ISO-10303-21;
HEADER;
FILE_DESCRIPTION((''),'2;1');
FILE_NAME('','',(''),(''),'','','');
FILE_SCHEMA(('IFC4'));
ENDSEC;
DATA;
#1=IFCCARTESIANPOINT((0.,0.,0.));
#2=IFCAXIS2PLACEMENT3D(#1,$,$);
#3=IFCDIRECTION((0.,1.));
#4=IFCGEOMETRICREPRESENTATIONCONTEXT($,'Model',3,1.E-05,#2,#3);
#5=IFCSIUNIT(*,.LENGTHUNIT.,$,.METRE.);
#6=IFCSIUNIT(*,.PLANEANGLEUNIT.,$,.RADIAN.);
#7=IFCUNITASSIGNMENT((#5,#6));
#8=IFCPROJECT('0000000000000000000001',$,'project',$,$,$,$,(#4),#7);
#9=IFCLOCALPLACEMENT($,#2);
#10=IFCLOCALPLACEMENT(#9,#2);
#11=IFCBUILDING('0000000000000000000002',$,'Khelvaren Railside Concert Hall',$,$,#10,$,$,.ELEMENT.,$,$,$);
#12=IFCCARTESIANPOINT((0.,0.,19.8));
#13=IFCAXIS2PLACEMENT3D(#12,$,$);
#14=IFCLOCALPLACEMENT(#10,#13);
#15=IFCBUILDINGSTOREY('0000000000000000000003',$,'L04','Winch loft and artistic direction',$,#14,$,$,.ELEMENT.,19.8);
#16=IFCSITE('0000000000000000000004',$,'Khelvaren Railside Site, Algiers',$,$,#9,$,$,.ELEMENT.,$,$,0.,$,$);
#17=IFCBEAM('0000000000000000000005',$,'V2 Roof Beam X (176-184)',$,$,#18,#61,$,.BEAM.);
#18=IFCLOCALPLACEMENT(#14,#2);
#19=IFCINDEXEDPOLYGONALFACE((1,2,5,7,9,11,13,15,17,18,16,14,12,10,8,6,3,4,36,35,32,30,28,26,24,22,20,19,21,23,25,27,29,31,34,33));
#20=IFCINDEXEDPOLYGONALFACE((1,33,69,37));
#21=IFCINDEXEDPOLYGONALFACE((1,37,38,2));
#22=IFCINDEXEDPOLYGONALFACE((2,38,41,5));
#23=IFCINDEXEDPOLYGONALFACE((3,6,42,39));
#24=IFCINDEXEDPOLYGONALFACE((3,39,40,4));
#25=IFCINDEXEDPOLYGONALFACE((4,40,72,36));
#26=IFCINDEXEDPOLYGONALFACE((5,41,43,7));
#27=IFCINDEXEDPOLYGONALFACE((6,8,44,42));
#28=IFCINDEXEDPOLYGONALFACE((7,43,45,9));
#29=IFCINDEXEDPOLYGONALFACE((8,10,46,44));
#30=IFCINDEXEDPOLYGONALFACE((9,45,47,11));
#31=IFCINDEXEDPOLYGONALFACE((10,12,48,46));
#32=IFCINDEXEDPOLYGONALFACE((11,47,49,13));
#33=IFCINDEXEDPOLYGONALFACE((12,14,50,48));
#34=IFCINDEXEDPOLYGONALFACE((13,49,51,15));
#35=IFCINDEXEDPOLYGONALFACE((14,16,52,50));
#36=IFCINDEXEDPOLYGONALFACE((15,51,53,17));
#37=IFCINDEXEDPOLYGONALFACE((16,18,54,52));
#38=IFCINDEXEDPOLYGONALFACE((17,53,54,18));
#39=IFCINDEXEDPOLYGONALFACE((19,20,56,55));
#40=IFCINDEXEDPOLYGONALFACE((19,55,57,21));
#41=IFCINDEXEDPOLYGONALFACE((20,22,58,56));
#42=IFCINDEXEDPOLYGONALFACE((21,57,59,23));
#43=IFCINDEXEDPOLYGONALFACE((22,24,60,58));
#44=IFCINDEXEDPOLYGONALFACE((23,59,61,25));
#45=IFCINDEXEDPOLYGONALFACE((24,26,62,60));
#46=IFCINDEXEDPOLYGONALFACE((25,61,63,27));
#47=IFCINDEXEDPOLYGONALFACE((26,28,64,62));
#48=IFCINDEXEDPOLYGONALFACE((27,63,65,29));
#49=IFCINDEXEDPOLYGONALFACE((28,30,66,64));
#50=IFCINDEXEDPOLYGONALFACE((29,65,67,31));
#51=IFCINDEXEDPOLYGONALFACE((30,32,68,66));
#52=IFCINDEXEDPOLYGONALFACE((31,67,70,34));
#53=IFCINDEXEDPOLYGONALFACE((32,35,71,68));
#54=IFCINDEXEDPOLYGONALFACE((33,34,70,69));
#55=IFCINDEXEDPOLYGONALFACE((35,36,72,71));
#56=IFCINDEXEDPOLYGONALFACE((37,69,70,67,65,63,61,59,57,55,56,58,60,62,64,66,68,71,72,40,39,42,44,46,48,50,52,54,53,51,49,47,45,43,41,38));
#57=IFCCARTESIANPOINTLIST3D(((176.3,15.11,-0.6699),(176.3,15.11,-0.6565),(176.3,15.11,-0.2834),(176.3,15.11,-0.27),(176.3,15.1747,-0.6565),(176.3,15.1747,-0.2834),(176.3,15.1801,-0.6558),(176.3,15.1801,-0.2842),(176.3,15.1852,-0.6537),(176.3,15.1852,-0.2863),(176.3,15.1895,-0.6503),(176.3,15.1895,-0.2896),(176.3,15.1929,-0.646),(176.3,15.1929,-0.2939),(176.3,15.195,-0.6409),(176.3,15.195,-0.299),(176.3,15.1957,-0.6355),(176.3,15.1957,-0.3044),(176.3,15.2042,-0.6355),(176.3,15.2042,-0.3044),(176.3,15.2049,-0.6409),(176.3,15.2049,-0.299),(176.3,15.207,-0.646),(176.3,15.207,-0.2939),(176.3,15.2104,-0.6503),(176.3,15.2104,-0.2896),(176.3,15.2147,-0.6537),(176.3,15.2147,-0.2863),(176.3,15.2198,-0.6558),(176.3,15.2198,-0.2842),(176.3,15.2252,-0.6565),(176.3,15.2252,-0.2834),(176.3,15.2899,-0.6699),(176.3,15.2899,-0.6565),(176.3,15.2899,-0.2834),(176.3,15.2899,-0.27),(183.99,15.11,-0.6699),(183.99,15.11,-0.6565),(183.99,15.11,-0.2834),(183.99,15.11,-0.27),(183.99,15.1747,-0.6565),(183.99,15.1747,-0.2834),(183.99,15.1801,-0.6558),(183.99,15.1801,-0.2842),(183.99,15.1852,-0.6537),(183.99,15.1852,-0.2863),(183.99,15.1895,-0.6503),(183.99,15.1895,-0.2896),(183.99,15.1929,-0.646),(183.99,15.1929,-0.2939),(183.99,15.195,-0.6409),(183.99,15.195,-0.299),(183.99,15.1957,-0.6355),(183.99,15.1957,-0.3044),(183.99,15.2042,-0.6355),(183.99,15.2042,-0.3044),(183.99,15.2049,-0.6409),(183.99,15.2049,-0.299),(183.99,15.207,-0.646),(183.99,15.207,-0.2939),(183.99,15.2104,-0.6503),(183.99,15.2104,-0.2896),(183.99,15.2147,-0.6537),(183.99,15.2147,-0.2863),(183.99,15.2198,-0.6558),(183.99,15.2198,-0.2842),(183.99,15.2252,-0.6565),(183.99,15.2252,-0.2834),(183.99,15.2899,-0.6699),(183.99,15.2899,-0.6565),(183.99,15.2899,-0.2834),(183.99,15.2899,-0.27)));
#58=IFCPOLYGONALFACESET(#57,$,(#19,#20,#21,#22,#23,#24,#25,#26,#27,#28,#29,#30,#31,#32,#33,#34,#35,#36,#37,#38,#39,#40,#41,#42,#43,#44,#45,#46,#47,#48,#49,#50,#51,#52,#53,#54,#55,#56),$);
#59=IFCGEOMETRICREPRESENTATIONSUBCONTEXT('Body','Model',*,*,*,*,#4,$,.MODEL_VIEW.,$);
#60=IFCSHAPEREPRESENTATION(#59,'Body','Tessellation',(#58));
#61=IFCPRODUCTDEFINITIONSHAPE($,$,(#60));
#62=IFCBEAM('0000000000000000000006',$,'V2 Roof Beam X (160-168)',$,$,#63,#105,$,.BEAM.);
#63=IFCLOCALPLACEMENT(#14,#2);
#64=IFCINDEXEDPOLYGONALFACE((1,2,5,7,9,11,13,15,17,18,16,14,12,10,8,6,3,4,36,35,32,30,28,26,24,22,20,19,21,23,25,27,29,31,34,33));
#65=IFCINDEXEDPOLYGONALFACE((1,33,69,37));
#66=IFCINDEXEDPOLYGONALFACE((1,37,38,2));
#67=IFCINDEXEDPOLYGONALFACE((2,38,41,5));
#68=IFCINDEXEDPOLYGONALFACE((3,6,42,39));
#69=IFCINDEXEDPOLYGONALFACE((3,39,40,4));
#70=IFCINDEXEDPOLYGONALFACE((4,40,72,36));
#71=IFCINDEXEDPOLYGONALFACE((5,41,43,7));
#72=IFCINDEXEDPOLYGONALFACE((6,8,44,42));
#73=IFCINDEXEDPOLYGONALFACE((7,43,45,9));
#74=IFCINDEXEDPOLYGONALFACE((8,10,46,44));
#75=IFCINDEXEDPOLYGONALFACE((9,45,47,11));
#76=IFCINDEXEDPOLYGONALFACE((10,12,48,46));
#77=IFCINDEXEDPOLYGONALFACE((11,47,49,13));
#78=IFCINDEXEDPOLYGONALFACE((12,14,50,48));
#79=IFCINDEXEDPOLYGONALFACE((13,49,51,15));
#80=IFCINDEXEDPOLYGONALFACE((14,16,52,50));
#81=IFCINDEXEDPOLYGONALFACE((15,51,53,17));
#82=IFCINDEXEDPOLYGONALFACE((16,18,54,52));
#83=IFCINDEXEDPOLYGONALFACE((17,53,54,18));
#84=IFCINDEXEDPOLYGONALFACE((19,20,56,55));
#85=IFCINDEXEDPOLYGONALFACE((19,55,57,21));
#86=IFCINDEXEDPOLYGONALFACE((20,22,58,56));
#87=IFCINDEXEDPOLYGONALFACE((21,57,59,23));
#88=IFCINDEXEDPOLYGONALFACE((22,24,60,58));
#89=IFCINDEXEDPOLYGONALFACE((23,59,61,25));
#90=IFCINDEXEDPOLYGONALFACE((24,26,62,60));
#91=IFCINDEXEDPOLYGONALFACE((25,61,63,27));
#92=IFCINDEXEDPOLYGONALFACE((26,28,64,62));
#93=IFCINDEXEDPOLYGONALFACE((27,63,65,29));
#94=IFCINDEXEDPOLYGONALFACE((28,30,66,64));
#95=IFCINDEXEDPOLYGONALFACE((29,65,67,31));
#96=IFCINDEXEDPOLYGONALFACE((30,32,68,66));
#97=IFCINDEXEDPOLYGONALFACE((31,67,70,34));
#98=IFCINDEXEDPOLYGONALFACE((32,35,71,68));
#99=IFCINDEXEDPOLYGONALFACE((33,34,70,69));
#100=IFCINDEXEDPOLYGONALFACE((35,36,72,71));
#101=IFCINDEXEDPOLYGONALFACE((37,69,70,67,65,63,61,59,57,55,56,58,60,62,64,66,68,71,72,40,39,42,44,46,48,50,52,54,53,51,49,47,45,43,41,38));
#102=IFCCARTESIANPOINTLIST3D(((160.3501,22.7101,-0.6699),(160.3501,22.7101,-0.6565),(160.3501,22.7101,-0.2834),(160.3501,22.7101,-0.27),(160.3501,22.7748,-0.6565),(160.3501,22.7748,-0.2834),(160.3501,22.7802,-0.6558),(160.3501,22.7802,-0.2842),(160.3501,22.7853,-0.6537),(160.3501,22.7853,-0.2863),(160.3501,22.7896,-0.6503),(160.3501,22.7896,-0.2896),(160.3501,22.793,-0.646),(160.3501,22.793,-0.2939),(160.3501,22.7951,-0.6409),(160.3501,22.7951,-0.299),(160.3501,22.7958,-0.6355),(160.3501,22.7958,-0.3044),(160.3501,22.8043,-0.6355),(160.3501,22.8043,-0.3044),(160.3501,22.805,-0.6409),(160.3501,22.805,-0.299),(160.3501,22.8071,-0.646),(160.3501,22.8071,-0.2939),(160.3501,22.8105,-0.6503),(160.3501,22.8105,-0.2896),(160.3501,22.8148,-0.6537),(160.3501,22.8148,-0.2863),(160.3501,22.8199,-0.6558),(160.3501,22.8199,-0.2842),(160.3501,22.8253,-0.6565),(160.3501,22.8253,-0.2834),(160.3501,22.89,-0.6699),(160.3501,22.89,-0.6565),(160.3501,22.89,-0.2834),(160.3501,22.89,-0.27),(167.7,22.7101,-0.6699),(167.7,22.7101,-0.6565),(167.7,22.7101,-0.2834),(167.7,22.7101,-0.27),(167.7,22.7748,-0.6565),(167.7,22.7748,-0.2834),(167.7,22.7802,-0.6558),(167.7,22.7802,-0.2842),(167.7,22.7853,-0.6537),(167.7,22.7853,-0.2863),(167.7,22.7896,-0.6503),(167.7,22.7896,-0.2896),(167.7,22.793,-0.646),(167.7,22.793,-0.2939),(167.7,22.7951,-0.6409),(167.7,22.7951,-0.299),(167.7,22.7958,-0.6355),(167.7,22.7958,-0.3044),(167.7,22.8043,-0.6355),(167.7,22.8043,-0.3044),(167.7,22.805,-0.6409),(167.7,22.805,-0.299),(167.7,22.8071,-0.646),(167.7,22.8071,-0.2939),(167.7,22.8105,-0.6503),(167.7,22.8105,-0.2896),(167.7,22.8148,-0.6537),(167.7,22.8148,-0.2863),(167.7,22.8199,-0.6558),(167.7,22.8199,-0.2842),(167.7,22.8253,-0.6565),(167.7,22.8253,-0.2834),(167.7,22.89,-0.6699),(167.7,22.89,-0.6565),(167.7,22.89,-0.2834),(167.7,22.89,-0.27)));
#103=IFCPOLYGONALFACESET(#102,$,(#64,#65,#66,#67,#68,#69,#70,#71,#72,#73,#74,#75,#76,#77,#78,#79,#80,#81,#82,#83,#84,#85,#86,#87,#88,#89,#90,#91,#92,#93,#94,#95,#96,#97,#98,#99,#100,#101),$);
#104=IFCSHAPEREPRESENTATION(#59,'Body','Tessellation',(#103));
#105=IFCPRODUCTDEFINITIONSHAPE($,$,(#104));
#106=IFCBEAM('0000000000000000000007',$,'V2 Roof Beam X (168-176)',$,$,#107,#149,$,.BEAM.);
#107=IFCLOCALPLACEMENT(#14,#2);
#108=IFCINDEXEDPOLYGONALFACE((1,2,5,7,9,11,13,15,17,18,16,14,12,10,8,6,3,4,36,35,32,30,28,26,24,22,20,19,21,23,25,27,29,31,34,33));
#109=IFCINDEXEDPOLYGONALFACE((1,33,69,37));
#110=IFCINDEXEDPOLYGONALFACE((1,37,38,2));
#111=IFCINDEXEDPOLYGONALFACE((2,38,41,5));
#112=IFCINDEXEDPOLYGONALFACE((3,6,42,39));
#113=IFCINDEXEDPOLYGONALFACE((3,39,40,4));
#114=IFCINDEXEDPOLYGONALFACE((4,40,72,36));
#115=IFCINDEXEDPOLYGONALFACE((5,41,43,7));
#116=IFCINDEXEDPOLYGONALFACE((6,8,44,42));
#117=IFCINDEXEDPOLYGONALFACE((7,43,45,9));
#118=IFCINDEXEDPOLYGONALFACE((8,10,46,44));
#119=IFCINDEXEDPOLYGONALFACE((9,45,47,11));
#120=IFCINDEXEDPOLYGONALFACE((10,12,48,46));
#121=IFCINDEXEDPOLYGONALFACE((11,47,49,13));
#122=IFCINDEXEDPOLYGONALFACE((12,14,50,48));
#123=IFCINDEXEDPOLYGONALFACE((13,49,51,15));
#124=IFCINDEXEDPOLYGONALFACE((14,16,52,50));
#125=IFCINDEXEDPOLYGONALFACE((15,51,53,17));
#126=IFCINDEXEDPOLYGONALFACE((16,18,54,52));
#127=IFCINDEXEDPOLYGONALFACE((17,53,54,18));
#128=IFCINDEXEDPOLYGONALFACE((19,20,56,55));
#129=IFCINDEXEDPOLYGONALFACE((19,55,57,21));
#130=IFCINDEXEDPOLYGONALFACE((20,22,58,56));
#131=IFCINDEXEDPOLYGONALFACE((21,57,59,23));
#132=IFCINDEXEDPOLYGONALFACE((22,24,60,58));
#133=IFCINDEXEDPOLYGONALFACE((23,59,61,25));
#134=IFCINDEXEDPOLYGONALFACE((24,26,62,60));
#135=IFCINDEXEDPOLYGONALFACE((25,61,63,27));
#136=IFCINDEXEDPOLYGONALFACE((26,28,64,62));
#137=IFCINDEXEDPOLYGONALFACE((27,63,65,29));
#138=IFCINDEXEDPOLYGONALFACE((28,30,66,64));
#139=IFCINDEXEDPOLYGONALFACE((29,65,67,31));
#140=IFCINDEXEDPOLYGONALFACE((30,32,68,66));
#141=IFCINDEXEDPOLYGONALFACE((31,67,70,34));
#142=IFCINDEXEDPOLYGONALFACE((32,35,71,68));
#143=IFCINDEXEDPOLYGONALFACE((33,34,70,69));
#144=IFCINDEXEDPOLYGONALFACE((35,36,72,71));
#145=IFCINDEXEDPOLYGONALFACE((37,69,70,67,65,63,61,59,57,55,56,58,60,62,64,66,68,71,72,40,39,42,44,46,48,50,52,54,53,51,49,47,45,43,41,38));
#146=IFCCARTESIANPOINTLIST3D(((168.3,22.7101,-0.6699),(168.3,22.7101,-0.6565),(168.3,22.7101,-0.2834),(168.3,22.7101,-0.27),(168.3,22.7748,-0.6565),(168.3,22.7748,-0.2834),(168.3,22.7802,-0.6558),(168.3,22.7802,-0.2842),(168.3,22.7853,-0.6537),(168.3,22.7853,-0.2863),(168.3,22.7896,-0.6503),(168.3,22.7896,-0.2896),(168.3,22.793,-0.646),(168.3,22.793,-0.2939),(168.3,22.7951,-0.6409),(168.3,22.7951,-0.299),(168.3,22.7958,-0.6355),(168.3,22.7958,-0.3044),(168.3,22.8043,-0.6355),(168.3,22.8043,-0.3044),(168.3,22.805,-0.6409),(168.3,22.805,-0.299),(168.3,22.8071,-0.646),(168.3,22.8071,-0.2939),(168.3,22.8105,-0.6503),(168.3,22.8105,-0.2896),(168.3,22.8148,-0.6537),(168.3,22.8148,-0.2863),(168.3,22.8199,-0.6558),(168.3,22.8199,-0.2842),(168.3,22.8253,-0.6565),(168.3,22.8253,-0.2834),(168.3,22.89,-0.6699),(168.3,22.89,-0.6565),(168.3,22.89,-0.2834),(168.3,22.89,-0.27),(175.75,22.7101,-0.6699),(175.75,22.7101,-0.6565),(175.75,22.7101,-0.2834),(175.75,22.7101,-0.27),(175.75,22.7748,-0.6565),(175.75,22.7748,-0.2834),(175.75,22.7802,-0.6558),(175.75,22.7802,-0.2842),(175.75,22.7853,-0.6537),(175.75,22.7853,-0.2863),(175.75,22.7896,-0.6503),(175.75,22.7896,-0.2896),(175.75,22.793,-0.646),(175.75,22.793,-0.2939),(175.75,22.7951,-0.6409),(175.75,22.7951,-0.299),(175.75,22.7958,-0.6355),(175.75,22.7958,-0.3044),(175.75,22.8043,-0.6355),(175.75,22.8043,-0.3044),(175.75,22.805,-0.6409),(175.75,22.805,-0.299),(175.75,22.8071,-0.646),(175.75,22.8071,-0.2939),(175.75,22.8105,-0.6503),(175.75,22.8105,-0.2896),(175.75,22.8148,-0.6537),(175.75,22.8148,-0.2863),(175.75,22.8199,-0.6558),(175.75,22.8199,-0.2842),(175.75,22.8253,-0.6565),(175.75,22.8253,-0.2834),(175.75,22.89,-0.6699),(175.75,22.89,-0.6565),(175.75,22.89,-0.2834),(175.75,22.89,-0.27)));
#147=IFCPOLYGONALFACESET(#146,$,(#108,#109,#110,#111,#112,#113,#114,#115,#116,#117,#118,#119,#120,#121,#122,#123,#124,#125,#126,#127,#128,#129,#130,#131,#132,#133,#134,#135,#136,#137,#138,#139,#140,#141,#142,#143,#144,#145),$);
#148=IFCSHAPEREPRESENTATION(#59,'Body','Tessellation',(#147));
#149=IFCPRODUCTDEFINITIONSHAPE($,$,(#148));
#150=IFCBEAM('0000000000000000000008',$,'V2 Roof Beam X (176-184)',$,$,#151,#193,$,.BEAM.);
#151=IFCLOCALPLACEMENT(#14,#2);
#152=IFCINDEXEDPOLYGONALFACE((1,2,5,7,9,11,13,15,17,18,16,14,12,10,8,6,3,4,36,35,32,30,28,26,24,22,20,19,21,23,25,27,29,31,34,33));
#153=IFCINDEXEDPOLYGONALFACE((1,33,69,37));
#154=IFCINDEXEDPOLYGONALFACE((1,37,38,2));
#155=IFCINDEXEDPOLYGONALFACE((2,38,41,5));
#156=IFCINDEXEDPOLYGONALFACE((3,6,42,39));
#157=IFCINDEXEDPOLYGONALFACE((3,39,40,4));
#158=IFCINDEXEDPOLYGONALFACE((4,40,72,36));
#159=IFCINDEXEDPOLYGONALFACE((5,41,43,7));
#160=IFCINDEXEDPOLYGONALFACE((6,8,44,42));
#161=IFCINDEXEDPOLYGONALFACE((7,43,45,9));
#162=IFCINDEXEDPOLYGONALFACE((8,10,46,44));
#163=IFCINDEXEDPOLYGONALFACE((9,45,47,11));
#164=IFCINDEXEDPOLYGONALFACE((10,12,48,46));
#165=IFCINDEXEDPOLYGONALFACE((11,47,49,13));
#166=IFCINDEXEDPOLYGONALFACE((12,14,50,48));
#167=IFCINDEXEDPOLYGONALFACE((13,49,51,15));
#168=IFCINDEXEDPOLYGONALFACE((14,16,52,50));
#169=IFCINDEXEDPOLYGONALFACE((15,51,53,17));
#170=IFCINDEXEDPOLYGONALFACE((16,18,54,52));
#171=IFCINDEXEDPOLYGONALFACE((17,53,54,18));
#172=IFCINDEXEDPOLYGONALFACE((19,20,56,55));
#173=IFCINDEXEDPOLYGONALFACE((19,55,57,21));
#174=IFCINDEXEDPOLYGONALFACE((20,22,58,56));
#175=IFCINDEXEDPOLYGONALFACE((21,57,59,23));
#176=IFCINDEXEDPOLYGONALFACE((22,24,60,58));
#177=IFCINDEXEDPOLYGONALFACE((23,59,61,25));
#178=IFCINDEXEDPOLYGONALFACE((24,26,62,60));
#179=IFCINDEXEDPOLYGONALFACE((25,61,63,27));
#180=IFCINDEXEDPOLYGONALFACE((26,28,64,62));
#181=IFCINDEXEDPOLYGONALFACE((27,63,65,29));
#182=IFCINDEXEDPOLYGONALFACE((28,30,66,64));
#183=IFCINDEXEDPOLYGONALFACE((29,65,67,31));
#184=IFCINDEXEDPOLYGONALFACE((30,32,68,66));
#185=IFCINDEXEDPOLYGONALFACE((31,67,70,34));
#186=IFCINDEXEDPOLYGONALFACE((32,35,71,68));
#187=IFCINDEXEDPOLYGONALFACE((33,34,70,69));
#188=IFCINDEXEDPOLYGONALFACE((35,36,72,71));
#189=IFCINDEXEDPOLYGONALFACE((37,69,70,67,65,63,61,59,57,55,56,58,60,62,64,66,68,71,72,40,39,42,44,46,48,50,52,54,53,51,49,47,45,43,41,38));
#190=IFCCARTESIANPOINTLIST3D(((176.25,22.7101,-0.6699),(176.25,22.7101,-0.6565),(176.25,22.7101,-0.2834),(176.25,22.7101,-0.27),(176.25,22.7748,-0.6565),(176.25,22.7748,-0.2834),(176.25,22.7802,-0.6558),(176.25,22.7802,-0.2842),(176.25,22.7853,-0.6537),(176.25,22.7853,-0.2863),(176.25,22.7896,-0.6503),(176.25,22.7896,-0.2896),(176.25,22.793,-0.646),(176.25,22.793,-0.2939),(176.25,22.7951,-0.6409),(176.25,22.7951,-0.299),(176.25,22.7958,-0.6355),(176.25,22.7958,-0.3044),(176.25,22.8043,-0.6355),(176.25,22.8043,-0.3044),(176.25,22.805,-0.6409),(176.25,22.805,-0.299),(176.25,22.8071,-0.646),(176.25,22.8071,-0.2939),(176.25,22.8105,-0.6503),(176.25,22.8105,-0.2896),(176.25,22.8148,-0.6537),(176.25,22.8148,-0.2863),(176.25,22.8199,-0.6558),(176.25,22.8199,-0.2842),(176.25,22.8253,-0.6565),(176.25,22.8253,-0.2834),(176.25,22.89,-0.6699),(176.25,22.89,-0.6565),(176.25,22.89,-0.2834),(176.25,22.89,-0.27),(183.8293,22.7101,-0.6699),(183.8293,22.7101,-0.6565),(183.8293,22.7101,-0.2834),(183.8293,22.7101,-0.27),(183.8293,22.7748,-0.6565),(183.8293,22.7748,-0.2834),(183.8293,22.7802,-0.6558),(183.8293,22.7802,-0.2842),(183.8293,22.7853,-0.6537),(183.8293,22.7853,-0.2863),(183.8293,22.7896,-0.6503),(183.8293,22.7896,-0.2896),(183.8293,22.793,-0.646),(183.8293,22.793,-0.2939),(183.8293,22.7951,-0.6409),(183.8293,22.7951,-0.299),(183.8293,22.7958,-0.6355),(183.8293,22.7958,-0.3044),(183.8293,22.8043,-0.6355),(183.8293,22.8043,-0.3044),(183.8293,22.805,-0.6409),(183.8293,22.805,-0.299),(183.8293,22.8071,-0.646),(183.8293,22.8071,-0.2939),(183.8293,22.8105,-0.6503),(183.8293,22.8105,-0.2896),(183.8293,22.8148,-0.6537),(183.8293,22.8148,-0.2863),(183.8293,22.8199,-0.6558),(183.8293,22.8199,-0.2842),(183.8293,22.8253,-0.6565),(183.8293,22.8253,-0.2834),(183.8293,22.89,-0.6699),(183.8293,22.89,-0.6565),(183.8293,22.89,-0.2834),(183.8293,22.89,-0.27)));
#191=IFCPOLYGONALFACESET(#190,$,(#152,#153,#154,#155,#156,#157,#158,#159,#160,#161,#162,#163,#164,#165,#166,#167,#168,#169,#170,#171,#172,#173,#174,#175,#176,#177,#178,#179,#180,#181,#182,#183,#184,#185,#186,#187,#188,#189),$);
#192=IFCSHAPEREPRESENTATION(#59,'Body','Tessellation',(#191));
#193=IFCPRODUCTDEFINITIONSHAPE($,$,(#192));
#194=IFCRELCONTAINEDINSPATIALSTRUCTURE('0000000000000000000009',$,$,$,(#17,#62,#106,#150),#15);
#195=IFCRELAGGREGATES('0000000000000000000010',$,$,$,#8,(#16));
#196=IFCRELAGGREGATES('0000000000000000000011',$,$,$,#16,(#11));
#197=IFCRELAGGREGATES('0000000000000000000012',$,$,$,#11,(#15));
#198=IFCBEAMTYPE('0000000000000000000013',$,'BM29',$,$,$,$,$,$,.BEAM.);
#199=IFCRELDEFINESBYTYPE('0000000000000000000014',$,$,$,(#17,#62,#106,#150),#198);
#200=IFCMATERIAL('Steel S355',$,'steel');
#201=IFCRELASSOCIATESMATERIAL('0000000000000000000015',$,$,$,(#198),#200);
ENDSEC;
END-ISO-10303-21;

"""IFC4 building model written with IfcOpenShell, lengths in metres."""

from ifc_helpers import new_model, si_unit, direction, frame, origin, origin_2d, place, context, subcontext, project, spatial, i_section, extrude, material, material_profile, profile_set, type_object, element, save


model = new_model("IFC4")

# Units and contexts
model_context = context("Model", 3, precision=1e-05, world=origin(), true_north=direction((0.0, 1.0)))
body_context = subcontext(model_context, "Body", "Model", "MODEL_VIEW")
ifc_project = project(units=[si_unit("LENGTHUNIT", "METRE"), si_unit("PLANEANGLEUNIT", "RADIAN")], contexts=[model_context])

# Site, building, storey
site_placement = place(None, origin())
site = spatial("IfcSite", under=ifc_project, at=site_placement, Name="Khelvaren Railside Site, Algiers", CompositionType="ELEMENT", RefElevation=0.0)
building_placement = place(site_placement, origin())
building = spatial("IfcBuilding", under=site, at=building_placement, Name="Khelvaren Railside Concert Hall", CompositionType="ELEMENT")
storey_placement = place(building_placement, frame((0.0, 0.0, 19.8)))
storey = spatial("IfcBuildingStorey", under=building, at=storey_placement, Name="L04", Description="Winch loft and artistic direction", CompositionType="ELEMENT", Elevation=19.8)

# Beams
ifc_material_1 = material(Name="Steel S355", Category="steel")
ifc_material_profile_1 = material_profile(ifc_material_1, i_section(OverallWidth=0.1799, OverallDepth=0.3999, WebThickness=0.0085, FlangeThickness=0.0134, FilletRadius=0.021, at=origin_2d()), Name="IPE 400")
ifc_profile_set_1 = profile_set([ifc_material_profile_1], Name="Steel S355")
beam_type_1 = type_object("IfcBeamType", Name="BM29", PredefinedType="BEAM", material=ifc_profile_set_1)
beam_1_placement = place(storey_placement, frame((176.3, 15.2, -0.47), z_axis=(1.0, 0.0, 0.0), x_axis=(0.0, 1.0, 0.0)))
element("IfcBeam", 1, at=beam_1_placement, inside=storey, type_object=beam_type_1, Name="V2 Roof Beam X (176-184)", PredefinedType="BEAM", context=body_context, shape_type="SweptSolid", body=[
    extrude(i_section(OverallWidth=0.1799, OverallDepth=0.3999, WebThickness=0.0085, FlangeThickness=0.0134, FilletRadius=0.021, at=origin_2d()), origin(), (0.0, 0.0, 1.0), 7.6899),
])
beam_2_placement = place(storey_placement, frame((160.3501, 22.8, -0.47), z_axis=(1.0, 0.0, 0.0), x_axis=(0.0, 1.0, 0.0)))
element("IfcBeam", 2, at=beam_2_placement, inside=storey, type_object=beam_type_1, Name="V2 Roof Beam X (160-168)", PredefinedType="BEAM", context=body_context, shape_type="SweptSolid", body=[
    extrude(i_section(OverallWidth=0.1799, OverallDepth=0.3999, WebThickness=0.0085, FlangeThickness=0.0134, FilletRadius=0.021, at=origin_2d()), origin(), (0.0, 0.0, 1.0), 7.3499),
])
beam_3_placement = place(storey_placement, frame((168.3, 22.8, -0.47), z_axis=(1.0, 0.0, 0.0), x_axis=(0.0, 1.0, 0.0)))
element("IfcBeam", 3, at=beam_3_placement, inside=storey, type_object=beam_type_1, Name="V2 Roof Beam X (168-176)", PredefinedType="BEAM", context=body_context, shape_type="SweptSolid", body=[
    extrude(i_section(OverallWidth=0.1799, OverallDepth=0.3999, WebThickness=0.0085, FlangeThickness=0.0134, FilletRadius=0.021, at=origin_2d()), origin(), (0.0, 0.0, 1.0), 7.45),
])
beam_4_placement = place(storey_placement, frame((176.25, 22.8, -0.47), z_axis=(1.0, 0.0, 0.0), x_axis=(0.0, 1.0, 0.0)))
element("IfcBeam", 4, at=beam_4_placement, inside=storey, type_object=beam_type_1, Name="V2 Roof Beam X (176-184)", PredefinedType="BEAM", context=body_context, shape_type="SweptSolid", body=[
    extrude(i_section(OverallWidth=0.1799, OverallDepth=0.3999, WebThickness=0.0085, FlangeThickness=0.0134, FilletRadius=0.021, at=origin_2d()), origin(), (0.0, 0.0, 1.0), 7.5793),
])

save(model, "model.ifc")
